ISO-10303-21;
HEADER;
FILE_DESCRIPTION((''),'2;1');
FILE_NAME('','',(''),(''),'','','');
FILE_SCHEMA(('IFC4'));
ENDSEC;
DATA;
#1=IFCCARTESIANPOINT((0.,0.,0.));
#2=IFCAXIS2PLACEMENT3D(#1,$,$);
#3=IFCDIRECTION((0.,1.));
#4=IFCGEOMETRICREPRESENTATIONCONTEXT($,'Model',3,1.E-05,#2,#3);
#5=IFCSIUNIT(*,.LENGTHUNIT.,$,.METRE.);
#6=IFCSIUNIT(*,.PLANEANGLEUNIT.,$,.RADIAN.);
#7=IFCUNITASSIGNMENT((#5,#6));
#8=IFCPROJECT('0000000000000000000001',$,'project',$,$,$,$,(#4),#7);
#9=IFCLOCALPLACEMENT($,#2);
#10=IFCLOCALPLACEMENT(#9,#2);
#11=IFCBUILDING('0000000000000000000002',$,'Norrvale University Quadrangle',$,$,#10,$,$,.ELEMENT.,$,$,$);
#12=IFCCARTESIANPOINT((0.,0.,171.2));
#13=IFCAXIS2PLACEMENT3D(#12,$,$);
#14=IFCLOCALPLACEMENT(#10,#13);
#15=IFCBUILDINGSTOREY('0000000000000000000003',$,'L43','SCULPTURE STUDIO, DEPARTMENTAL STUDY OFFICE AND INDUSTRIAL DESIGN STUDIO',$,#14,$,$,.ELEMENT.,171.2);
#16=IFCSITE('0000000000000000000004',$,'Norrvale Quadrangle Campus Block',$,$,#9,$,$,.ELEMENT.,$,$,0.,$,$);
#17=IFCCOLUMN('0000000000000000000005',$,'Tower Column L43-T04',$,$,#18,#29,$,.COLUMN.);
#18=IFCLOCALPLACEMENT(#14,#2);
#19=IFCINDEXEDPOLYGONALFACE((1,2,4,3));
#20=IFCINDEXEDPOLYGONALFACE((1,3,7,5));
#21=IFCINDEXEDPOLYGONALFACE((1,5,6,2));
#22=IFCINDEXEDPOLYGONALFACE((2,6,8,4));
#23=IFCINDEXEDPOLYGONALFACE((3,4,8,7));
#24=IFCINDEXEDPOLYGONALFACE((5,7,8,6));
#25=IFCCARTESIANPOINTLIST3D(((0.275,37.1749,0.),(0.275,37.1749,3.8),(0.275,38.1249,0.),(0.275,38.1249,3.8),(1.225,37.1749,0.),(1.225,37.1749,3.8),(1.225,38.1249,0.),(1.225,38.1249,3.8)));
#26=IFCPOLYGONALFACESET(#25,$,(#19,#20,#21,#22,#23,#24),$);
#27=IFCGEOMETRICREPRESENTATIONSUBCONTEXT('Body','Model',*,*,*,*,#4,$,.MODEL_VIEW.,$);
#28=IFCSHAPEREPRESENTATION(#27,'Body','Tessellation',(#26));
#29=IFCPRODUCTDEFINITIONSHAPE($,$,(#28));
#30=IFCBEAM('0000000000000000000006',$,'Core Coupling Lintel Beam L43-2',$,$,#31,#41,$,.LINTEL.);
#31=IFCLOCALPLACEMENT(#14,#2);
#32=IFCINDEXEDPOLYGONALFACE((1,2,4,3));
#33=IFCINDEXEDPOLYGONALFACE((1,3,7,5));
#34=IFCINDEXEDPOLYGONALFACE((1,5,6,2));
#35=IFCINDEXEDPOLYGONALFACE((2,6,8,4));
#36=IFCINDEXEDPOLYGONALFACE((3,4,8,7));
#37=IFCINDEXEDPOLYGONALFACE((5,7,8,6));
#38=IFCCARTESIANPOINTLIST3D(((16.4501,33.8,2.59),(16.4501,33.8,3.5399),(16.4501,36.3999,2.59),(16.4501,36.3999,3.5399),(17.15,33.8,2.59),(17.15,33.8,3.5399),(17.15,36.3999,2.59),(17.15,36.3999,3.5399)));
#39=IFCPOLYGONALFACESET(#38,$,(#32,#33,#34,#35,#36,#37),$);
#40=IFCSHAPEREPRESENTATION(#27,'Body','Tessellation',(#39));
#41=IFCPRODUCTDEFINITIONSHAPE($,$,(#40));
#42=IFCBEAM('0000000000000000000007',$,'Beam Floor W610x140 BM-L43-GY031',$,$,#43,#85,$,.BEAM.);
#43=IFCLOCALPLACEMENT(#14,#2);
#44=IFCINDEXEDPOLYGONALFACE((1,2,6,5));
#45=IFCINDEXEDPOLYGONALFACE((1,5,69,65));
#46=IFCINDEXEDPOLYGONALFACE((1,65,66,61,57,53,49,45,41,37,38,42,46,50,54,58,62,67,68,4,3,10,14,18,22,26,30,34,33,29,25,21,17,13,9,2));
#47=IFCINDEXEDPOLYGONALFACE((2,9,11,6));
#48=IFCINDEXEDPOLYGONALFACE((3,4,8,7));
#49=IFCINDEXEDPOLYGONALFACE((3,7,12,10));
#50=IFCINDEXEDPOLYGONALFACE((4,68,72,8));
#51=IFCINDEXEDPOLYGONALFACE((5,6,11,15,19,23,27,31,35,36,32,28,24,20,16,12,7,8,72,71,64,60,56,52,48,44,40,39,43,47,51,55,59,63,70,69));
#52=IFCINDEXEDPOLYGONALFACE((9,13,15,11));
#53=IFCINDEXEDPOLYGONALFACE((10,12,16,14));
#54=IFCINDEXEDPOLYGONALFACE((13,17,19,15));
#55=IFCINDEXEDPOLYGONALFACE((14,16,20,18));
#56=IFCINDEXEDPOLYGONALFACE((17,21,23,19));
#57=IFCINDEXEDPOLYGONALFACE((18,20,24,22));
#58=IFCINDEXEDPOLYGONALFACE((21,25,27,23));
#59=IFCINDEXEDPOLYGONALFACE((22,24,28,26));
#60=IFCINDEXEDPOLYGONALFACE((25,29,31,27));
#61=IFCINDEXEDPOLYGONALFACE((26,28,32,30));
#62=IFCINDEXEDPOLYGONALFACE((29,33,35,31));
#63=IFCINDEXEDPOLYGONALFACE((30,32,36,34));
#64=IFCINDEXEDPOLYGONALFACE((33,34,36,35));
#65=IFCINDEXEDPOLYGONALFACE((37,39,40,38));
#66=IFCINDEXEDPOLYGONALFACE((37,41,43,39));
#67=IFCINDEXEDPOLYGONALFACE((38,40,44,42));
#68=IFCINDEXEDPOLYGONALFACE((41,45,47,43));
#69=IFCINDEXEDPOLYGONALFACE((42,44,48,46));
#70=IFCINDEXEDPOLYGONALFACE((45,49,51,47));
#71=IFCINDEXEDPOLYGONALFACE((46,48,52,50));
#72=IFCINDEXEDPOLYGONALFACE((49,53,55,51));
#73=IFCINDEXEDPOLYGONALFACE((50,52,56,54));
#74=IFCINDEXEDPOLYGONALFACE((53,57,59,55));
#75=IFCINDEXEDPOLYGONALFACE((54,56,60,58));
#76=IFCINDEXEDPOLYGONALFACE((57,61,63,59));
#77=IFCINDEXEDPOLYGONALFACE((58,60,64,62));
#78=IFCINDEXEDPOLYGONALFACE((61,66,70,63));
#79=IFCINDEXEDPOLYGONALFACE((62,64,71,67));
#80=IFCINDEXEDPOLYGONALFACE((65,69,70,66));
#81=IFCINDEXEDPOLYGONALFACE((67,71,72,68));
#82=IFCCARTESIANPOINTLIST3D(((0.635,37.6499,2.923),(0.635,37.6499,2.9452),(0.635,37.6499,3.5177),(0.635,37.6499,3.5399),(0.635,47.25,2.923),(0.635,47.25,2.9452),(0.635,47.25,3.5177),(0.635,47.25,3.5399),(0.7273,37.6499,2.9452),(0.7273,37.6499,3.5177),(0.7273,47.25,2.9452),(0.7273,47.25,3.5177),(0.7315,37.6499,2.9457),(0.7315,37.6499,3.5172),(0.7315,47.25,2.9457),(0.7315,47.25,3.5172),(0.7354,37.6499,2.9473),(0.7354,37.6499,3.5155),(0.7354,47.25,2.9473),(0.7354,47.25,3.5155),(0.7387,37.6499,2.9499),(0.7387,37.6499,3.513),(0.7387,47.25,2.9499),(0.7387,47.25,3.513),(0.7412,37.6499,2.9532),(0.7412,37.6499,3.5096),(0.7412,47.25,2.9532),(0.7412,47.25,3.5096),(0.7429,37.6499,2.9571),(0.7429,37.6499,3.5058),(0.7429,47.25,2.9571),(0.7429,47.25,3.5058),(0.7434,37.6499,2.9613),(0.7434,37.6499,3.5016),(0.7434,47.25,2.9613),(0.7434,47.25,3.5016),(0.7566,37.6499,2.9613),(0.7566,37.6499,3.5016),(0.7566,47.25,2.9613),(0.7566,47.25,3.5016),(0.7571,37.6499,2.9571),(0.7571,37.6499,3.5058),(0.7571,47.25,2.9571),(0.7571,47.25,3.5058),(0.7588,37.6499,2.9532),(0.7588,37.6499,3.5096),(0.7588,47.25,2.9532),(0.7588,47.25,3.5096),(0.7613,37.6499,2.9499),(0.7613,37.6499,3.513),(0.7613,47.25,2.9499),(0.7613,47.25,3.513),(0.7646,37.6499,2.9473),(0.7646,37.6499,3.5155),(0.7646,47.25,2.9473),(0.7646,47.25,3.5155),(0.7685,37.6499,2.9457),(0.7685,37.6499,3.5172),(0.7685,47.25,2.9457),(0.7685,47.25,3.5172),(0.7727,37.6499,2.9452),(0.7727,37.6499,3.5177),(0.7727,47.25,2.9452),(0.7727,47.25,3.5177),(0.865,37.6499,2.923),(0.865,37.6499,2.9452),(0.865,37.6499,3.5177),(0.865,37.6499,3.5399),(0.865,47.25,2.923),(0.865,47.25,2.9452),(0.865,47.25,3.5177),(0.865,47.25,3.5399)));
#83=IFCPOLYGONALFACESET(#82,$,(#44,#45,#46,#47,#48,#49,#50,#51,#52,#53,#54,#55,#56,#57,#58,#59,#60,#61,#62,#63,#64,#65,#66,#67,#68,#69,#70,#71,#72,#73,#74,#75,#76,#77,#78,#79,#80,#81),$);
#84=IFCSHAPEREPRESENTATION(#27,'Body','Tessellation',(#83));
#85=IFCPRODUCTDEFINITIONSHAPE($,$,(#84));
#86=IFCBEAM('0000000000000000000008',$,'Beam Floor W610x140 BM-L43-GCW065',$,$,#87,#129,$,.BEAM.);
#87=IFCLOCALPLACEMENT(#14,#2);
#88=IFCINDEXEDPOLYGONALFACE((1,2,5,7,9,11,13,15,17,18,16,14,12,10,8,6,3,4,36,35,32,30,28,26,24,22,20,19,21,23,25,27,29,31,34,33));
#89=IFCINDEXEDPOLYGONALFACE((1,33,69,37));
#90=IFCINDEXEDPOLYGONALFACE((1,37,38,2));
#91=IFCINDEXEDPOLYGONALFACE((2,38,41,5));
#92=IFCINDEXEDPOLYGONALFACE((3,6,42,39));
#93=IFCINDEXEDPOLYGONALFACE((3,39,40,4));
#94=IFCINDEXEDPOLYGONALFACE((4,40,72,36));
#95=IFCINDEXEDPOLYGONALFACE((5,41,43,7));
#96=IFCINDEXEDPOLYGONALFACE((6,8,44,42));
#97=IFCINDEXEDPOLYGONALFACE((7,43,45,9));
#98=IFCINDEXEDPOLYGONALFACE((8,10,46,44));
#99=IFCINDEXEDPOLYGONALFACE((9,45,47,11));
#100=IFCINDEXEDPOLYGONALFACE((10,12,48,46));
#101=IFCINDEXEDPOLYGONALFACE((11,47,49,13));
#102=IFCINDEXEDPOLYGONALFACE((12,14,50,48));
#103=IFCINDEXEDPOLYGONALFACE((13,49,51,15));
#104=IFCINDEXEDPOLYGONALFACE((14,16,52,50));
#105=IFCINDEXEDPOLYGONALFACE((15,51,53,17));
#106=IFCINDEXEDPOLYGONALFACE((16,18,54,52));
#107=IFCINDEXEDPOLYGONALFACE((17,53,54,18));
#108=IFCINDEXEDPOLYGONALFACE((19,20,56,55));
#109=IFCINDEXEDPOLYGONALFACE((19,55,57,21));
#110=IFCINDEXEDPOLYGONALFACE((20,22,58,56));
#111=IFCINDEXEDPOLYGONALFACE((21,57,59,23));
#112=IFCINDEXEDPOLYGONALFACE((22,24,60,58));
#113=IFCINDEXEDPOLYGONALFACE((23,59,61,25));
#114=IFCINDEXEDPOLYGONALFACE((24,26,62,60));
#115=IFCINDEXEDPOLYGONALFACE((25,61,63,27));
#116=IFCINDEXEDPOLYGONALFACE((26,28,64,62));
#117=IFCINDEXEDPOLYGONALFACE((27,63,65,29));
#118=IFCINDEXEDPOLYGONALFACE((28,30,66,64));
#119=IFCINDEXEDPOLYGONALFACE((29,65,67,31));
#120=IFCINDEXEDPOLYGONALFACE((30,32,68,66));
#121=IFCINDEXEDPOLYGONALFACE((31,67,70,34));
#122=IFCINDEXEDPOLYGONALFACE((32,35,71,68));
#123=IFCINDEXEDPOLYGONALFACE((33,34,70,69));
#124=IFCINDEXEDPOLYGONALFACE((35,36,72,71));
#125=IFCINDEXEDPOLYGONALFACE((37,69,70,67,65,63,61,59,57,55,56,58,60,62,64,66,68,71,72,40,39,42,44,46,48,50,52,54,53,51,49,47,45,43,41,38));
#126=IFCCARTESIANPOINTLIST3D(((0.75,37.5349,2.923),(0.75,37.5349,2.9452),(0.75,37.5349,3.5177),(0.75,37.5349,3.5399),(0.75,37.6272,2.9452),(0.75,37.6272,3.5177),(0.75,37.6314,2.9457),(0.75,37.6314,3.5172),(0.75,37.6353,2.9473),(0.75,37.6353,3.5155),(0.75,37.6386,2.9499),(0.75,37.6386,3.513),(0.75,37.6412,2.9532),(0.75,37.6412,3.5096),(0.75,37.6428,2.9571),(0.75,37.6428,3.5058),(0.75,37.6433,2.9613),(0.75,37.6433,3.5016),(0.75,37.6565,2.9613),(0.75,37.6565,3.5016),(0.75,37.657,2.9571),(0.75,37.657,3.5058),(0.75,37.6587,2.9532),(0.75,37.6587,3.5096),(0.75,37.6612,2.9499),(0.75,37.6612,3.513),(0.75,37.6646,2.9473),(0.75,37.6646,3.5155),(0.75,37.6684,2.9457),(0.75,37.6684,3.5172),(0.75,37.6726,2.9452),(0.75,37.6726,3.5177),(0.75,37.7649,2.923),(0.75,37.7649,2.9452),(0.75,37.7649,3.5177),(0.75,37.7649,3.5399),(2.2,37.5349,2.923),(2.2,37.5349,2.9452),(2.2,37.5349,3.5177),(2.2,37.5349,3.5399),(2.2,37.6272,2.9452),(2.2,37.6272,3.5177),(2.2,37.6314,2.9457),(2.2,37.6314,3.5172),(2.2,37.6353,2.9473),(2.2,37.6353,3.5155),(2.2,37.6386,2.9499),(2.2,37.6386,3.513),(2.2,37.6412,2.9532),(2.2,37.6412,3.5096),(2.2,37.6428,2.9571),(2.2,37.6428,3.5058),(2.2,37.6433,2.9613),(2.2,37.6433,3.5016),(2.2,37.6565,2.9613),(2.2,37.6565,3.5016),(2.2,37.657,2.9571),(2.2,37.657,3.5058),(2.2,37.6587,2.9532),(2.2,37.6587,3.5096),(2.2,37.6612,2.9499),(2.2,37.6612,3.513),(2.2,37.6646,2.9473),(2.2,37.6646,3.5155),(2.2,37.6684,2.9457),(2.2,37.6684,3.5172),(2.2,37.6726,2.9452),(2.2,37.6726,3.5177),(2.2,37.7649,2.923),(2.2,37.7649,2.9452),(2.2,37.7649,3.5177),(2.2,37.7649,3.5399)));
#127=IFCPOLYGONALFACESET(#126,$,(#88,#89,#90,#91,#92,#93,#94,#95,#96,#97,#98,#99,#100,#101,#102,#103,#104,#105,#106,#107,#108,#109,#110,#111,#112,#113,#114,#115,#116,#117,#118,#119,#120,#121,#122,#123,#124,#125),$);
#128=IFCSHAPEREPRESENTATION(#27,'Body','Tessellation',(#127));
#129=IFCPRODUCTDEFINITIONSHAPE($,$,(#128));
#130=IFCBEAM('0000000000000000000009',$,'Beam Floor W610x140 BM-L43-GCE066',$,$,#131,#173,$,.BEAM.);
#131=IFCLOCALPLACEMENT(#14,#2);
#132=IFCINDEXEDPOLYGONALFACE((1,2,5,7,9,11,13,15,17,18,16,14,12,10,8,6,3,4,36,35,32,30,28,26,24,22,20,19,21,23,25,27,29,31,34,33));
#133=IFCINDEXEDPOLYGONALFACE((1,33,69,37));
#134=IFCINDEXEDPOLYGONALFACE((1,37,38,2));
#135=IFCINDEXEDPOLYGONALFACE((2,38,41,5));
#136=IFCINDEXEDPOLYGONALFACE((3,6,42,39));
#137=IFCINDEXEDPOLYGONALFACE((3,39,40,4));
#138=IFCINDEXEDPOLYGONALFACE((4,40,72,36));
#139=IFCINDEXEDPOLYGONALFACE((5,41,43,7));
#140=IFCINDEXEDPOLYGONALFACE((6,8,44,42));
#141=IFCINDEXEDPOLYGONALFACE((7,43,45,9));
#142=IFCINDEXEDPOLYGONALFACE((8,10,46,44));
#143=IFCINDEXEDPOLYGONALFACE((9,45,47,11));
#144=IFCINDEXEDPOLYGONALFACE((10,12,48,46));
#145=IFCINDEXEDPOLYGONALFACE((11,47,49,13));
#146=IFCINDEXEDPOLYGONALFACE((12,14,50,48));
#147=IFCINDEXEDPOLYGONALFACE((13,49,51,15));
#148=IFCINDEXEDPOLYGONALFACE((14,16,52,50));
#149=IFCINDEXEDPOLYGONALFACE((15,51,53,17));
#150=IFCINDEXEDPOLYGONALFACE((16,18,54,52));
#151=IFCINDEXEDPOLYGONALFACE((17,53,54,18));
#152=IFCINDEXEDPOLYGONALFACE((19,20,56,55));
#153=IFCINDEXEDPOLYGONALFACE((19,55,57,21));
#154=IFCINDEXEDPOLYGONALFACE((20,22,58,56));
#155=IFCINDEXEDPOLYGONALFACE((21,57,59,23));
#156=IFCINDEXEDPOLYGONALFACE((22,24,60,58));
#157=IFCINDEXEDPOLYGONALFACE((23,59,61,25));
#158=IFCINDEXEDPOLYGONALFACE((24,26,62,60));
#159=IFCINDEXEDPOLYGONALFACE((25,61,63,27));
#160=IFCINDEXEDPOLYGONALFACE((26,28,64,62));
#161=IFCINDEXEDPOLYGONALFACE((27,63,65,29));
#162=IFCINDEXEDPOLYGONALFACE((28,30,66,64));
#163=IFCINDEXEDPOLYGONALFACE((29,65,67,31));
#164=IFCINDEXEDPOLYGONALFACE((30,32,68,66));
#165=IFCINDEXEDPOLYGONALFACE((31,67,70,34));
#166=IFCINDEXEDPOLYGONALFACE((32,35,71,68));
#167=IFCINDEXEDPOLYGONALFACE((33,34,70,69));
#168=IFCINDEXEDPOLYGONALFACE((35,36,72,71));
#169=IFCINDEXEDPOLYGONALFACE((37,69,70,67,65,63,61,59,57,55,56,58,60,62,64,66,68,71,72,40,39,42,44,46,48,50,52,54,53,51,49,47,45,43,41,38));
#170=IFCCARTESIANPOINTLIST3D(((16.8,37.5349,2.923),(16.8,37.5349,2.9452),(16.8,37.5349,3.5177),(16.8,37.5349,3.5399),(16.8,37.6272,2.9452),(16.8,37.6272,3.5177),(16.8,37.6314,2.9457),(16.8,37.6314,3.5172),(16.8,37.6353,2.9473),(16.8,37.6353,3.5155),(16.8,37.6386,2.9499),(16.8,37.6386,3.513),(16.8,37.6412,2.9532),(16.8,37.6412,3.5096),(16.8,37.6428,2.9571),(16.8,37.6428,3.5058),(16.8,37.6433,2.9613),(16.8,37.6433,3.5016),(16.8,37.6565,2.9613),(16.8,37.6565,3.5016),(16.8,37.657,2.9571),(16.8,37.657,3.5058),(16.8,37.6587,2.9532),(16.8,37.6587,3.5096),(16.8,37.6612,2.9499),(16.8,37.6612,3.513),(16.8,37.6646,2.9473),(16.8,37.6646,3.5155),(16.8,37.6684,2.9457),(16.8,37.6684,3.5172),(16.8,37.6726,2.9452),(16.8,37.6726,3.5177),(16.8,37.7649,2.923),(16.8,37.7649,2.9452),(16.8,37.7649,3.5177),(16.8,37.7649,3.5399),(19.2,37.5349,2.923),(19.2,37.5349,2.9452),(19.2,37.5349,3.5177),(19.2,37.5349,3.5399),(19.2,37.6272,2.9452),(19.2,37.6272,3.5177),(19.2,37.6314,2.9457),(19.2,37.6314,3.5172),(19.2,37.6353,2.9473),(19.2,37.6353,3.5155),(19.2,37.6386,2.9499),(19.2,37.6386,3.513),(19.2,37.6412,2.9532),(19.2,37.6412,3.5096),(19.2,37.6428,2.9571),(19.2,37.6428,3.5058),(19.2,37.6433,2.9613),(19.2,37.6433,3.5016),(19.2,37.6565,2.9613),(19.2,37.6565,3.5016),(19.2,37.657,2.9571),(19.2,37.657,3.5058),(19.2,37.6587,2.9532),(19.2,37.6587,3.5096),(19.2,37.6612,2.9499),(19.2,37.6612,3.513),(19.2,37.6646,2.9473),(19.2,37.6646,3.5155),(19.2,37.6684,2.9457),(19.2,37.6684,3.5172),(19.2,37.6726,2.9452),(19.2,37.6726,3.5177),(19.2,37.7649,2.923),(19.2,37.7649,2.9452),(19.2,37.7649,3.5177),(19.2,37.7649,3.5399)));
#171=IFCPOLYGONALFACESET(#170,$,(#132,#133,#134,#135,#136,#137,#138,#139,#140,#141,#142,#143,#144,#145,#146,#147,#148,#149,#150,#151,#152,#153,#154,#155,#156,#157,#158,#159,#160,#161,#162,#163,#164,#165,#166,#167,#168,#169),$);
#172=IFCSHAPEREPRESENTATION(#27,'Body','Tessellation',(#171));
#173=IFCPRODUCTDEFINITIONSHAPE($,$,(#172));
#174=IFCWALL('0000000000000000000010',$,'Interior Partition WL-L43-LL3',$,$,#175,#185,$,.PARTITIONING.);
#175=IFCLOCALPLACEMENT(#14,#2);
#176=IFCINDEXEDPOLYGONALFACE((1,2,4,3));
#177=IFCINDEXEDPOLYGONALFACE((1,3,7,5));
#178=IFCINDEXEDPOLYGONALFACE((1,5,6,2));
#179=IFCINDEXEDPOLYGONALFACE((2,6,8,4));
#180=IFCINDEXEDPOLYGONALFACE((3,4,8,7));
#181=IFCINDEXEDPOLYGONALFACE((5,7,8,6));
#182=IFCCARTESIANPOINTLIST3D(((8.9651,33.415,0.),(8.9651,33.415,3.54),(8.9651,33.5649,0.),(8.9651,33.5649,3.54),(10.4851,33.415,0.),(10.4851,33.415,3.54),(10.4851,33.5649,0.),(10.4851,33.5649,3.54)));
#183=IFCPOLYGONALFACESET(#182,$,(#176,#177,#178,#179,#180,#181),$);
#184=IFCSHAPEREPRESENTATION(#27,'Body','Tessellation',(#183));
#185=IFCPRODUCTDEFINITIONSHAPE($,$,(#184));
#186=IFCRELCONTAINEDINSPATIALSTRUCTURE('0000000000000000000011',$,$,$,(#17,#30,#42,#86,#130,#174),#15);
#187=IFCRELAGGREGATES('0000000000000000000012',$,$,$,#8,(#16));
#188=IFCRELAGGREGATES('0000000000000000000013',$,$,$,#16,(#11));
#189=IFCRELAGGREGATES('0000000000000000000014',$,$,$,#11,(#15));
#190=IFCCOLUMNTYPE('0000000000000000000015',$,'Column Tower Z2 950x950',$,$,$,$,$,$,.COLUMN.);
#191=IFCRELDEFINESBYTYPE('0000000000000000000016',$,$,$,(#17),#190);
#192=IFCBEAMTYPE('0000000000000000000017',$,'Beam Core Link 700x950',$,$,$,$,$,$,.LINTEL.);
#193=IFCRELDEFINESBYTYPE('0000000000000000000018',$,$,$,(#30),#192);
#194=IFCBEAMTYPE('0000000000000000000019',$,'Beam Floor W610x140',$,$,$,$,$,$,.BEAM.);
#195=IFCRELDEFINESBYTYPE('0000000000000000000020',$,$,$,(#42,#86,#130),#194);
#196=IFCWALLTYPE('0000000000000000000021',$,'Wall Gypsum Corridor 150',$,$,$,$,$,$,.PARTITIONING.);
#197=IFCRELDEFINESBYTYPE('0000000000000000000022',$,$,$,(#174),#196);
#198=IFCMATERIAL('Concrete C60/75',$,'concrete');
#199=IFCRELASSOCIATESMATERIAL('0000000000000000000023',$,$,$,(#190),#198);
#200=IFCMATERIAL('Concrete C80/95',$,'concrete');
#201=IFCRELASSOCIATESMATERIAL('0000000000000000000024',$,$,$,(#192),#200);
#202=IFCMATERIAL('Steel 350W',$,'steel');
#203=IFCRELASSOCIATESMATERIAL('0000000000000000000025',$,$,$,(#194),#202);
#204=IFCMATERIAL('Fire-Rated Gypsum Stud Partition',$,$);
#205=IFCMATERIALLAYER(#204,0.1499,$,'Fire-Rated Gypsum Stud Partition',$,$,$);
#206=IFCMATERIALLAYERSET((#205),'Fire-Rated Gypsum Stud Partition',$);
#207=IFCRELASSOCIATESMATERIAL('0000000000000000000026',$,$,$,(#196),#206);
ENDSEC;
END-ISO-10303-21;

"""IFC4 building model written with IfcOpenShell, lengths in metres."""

from ifc_helpers import new_model, si_unit, direction, frame, frame_2d, origin, origin_2d, place, context, subcontext, project, spatial, rectangle, i_section, extrude, material, layer, layer_set, material_profile, profile_set, type_object, element, save


model = new_model("IFC4")

# Units and contexts
model_context = context("Model", 3, precision=1e-05, world=origin(), true_north=direction((0.0, 1.0)))
body_context = subcontext(model_context, "Body", "Model", "MODEL_VIEW")
ifc_project = project(units=[si_unit("LENGTHUNIT", "METRE"), si_unit("PLANEANGLEUNIT", "RADIAN")], contexts=[model_context])

# Site, building, storey
site_placement = place(None, origin())
site = spatial("IfcSite", under=ifc_project, at=site_placement, Name="Norrvale Quadrangle Campus Block", CompositionType="ELEMENT", RefElevation=0.0)
building_placement = place(site_placement, origin())
building = spatial("IfcBuilding", under=site, at=building_placement, Name="Norrvale University Quadrangle", CompositionType="ELEMENT")
storey_placement = place(building_placement, frame((0.0, 0.0, 171.2)))
storey = spatial("IfcBuildingStorey", under=building, at=storey_placement, Name="L43", Description="SCULPTURE STUDIO, DEPARTMENTAL STUDY OFFICE AND INDUSTRIAL DESIGN STUDIO", CompositionType="ELEMENT", Elevation=171.2)

# Column
ifc_material_1 = material(Name="Concrete C60/75", Category="concrete")
ifc_material_profile_1 = material_profile(ifc_material_1, rectangle(XDim=0.95, YDim=0.95, at=origin_2d()), Name="Concrete C60/75")
ifc_profile_set_1 = profile_set([ifc_material_profile_1], Name="Concrete C60/75")
column_type = type_object("IfcColumnType", Name="Column Tower Z2 950x950", PredefinedType="COLUMN", material=ifc_profile_set_1)
column_placement = place(storey_placement, frame((0.75, 37.6499, 0.0), z_axis=(0.0, 0.0, 1.0), x_axis=(1.0, 0.0, 0.0)))
element("IfcColumn", 1, at=column_placement, inside=storey, type_object=column_type, Name="Tower Column L43-T04", PredefinedType="COLUMN", context=body_context, shape_type="SweptSolid", body=[
    extrude(rectangle(XDim=0.95, YDim=0.95, at=origin_2d()), origin(), (0.0, 0.0, 1.0), 3.8),
])

# Beams
ifc_material_2 = material(Name="Concrete C80/95", Category="concrete")
ifc_material_profile_2 = material_profile(ifc_material_2, rectangle(XDim=0.7, YDim=0.95, at=origin_2d()), Name="Concrete C80/95")
ifc_profile_set_2 = profile_set([ifc_material_profile_2], Name="Concrete C80/95")
beam_type_1 = type_object("IfcBeamType", Name="Beam Core Link 700x950", PredefinedType="LINTEL", material=ifc_profile_set_2)
beam_1_placement = place(storey_placement, frame((16.8, 33.8, 3.0649), z_axis=(0.0, 1.0, 0.0), x_axis=(-1.0, 0.0, 0.0)))
element("IfcBeam", 2, at=beam_1_placement, inside=storey, type_object=beam_type_1, Name="Core Coupling Lintel Beam L43-2", PredefinedType="LINTEL", context=body_context, shape_type="SweptSolid", body=[
    extrude(rectangle(XDim=0.7, YDim=0.95, at=origin_2d()), origin(), (0.0, 0.0, 1.0), 2.5999),
])
ifc_material_3 = material(Name="Steel 350W", Category="steel")
ifc_material_profile_3 = material_profile(ifc_material_3, i_section(OverallWidth=0.23, OverallDepth=0.6169, WebThickness=0.0132, FlangeThickness=0.0222, FilletRadius=0.0161, at=origin_2d()), Name="Steel 350W")
ifc_profile_set_3 = profile_set([ifc_material_profile_3], Name="Steel 350W")
beam_type_2 = type_object("IfcBeamType", Name="Beam Floor W610x140", PredefinedType="BEAM", material=ifc_profile_set_3)
beam_2_placement = place(storey_placement, frame((0.75, 37.6499, 3.2314), z_axis=(0.0, 1.0, 0.0), x_axis=(-1.0, 0.0, 0.0)))
element("IfcBeam", 3, at=beam_2_placement, inside=storey, type_object=beam_type_2, Name="Beam Floor W610x140 BM-L43-GY031", PredefinedType="BEAM", context=body_context, shape_type="SweptSolid", body=[
    extrude(i_section(OverallWidth=0.23, OverallDepth=0.6169, WebThickness=0.0132, FlangeThickness=0.0222, FilletRadius=0.0161, at=origin_2d()), origin(), (0.0, 0.0, 1.0), 9.6001),
])
beam_3_placement = place(storey_placement, frame((0.75, 37.6499, 3.2314), z_axis=(1.0, 0.0, 0.0), x_axis=(0.0, 1.0, 0.0)))
element("IfcBeam", 4, at=beam_3_placement, inside=storey, type_object=beam_type_2, Name="Beam Floor W610x140 BM-L43-GCW065", PredefinedType="BEAM", context=body_context, shape_type="SweptSolid", body=[
    extrude(i_section(OverallWidth=0.23, OverallDepth=0.6169, WebThickness=0.0132, FlangeThickness=0.0222, FilletRadius=0.0161, at=origin_2d()), origin(), (0.0, 0.0, 1.0), 1.45),
])
beam_4_placement = place(storey_placement, frame((16.8, 37.6499, 3.2314), z_axis=(1.0, 0.0, 0.0), x_axis=(0.0, 1.0, 0.0)))
element("IfcBeam", 5, at=beam_4_placement, inside=storey, type_object=beam_type_2, Name="Beam Floor W610x140 BM-L43-GCE066", PredefinedType="BEAM", context=body_context, shape_type="SweptSolid", body=[
    extrude(i_section(OverallWidth=0.23, OverallDepth=0.6169, WebThickness=0.0132, FlangeThickness=0.0222, FilletRadius=0.0161, at=origin_2d()), origin(), (0.0, 0.0, 1.0), 2.3999),
])

# Wall
ifc_material_4 = material(Name="Fire-Rated Gypsum Stud Partition")
ifc_layer_1 = layer(ifc_material_4, 0.1499, Name="Fire-Rated Gypsum Stud Partition")
ifc_layer_set_1 = layer_set([ifc_layer_1], Name="Fire-Rated Gypsum Stud Partition")
wall_type_1 = type_object("IfcWallType", Name="Wall Gypsum Corridor 150", PredefinedType="PARTITIONING", material=ifc_layer_set_1)
wall_1_placement = place(storey_placement, frame((8.9651, 33.49, 0.0), z_axis=(0.0, 0.0, 1.0), x_axis=(1.0, 0.0, 0.0)))
element("IfcWall", 6, at=wall_1_placement, inside=storey, type_object=wall_type_1, Name="Interior Partition WL-L43-LL3", PredefinedType="PARTITIONING", context=body_context, shape_type="SweptSolid", body=[
    extrude(rectangle(XDim=1.52, YDim=0.1499, at=frame_2d((0.76, 0.0))), origin(), (0.0, 0.0, 1.0), 3.54),
])

save(model, "model.ifc")
